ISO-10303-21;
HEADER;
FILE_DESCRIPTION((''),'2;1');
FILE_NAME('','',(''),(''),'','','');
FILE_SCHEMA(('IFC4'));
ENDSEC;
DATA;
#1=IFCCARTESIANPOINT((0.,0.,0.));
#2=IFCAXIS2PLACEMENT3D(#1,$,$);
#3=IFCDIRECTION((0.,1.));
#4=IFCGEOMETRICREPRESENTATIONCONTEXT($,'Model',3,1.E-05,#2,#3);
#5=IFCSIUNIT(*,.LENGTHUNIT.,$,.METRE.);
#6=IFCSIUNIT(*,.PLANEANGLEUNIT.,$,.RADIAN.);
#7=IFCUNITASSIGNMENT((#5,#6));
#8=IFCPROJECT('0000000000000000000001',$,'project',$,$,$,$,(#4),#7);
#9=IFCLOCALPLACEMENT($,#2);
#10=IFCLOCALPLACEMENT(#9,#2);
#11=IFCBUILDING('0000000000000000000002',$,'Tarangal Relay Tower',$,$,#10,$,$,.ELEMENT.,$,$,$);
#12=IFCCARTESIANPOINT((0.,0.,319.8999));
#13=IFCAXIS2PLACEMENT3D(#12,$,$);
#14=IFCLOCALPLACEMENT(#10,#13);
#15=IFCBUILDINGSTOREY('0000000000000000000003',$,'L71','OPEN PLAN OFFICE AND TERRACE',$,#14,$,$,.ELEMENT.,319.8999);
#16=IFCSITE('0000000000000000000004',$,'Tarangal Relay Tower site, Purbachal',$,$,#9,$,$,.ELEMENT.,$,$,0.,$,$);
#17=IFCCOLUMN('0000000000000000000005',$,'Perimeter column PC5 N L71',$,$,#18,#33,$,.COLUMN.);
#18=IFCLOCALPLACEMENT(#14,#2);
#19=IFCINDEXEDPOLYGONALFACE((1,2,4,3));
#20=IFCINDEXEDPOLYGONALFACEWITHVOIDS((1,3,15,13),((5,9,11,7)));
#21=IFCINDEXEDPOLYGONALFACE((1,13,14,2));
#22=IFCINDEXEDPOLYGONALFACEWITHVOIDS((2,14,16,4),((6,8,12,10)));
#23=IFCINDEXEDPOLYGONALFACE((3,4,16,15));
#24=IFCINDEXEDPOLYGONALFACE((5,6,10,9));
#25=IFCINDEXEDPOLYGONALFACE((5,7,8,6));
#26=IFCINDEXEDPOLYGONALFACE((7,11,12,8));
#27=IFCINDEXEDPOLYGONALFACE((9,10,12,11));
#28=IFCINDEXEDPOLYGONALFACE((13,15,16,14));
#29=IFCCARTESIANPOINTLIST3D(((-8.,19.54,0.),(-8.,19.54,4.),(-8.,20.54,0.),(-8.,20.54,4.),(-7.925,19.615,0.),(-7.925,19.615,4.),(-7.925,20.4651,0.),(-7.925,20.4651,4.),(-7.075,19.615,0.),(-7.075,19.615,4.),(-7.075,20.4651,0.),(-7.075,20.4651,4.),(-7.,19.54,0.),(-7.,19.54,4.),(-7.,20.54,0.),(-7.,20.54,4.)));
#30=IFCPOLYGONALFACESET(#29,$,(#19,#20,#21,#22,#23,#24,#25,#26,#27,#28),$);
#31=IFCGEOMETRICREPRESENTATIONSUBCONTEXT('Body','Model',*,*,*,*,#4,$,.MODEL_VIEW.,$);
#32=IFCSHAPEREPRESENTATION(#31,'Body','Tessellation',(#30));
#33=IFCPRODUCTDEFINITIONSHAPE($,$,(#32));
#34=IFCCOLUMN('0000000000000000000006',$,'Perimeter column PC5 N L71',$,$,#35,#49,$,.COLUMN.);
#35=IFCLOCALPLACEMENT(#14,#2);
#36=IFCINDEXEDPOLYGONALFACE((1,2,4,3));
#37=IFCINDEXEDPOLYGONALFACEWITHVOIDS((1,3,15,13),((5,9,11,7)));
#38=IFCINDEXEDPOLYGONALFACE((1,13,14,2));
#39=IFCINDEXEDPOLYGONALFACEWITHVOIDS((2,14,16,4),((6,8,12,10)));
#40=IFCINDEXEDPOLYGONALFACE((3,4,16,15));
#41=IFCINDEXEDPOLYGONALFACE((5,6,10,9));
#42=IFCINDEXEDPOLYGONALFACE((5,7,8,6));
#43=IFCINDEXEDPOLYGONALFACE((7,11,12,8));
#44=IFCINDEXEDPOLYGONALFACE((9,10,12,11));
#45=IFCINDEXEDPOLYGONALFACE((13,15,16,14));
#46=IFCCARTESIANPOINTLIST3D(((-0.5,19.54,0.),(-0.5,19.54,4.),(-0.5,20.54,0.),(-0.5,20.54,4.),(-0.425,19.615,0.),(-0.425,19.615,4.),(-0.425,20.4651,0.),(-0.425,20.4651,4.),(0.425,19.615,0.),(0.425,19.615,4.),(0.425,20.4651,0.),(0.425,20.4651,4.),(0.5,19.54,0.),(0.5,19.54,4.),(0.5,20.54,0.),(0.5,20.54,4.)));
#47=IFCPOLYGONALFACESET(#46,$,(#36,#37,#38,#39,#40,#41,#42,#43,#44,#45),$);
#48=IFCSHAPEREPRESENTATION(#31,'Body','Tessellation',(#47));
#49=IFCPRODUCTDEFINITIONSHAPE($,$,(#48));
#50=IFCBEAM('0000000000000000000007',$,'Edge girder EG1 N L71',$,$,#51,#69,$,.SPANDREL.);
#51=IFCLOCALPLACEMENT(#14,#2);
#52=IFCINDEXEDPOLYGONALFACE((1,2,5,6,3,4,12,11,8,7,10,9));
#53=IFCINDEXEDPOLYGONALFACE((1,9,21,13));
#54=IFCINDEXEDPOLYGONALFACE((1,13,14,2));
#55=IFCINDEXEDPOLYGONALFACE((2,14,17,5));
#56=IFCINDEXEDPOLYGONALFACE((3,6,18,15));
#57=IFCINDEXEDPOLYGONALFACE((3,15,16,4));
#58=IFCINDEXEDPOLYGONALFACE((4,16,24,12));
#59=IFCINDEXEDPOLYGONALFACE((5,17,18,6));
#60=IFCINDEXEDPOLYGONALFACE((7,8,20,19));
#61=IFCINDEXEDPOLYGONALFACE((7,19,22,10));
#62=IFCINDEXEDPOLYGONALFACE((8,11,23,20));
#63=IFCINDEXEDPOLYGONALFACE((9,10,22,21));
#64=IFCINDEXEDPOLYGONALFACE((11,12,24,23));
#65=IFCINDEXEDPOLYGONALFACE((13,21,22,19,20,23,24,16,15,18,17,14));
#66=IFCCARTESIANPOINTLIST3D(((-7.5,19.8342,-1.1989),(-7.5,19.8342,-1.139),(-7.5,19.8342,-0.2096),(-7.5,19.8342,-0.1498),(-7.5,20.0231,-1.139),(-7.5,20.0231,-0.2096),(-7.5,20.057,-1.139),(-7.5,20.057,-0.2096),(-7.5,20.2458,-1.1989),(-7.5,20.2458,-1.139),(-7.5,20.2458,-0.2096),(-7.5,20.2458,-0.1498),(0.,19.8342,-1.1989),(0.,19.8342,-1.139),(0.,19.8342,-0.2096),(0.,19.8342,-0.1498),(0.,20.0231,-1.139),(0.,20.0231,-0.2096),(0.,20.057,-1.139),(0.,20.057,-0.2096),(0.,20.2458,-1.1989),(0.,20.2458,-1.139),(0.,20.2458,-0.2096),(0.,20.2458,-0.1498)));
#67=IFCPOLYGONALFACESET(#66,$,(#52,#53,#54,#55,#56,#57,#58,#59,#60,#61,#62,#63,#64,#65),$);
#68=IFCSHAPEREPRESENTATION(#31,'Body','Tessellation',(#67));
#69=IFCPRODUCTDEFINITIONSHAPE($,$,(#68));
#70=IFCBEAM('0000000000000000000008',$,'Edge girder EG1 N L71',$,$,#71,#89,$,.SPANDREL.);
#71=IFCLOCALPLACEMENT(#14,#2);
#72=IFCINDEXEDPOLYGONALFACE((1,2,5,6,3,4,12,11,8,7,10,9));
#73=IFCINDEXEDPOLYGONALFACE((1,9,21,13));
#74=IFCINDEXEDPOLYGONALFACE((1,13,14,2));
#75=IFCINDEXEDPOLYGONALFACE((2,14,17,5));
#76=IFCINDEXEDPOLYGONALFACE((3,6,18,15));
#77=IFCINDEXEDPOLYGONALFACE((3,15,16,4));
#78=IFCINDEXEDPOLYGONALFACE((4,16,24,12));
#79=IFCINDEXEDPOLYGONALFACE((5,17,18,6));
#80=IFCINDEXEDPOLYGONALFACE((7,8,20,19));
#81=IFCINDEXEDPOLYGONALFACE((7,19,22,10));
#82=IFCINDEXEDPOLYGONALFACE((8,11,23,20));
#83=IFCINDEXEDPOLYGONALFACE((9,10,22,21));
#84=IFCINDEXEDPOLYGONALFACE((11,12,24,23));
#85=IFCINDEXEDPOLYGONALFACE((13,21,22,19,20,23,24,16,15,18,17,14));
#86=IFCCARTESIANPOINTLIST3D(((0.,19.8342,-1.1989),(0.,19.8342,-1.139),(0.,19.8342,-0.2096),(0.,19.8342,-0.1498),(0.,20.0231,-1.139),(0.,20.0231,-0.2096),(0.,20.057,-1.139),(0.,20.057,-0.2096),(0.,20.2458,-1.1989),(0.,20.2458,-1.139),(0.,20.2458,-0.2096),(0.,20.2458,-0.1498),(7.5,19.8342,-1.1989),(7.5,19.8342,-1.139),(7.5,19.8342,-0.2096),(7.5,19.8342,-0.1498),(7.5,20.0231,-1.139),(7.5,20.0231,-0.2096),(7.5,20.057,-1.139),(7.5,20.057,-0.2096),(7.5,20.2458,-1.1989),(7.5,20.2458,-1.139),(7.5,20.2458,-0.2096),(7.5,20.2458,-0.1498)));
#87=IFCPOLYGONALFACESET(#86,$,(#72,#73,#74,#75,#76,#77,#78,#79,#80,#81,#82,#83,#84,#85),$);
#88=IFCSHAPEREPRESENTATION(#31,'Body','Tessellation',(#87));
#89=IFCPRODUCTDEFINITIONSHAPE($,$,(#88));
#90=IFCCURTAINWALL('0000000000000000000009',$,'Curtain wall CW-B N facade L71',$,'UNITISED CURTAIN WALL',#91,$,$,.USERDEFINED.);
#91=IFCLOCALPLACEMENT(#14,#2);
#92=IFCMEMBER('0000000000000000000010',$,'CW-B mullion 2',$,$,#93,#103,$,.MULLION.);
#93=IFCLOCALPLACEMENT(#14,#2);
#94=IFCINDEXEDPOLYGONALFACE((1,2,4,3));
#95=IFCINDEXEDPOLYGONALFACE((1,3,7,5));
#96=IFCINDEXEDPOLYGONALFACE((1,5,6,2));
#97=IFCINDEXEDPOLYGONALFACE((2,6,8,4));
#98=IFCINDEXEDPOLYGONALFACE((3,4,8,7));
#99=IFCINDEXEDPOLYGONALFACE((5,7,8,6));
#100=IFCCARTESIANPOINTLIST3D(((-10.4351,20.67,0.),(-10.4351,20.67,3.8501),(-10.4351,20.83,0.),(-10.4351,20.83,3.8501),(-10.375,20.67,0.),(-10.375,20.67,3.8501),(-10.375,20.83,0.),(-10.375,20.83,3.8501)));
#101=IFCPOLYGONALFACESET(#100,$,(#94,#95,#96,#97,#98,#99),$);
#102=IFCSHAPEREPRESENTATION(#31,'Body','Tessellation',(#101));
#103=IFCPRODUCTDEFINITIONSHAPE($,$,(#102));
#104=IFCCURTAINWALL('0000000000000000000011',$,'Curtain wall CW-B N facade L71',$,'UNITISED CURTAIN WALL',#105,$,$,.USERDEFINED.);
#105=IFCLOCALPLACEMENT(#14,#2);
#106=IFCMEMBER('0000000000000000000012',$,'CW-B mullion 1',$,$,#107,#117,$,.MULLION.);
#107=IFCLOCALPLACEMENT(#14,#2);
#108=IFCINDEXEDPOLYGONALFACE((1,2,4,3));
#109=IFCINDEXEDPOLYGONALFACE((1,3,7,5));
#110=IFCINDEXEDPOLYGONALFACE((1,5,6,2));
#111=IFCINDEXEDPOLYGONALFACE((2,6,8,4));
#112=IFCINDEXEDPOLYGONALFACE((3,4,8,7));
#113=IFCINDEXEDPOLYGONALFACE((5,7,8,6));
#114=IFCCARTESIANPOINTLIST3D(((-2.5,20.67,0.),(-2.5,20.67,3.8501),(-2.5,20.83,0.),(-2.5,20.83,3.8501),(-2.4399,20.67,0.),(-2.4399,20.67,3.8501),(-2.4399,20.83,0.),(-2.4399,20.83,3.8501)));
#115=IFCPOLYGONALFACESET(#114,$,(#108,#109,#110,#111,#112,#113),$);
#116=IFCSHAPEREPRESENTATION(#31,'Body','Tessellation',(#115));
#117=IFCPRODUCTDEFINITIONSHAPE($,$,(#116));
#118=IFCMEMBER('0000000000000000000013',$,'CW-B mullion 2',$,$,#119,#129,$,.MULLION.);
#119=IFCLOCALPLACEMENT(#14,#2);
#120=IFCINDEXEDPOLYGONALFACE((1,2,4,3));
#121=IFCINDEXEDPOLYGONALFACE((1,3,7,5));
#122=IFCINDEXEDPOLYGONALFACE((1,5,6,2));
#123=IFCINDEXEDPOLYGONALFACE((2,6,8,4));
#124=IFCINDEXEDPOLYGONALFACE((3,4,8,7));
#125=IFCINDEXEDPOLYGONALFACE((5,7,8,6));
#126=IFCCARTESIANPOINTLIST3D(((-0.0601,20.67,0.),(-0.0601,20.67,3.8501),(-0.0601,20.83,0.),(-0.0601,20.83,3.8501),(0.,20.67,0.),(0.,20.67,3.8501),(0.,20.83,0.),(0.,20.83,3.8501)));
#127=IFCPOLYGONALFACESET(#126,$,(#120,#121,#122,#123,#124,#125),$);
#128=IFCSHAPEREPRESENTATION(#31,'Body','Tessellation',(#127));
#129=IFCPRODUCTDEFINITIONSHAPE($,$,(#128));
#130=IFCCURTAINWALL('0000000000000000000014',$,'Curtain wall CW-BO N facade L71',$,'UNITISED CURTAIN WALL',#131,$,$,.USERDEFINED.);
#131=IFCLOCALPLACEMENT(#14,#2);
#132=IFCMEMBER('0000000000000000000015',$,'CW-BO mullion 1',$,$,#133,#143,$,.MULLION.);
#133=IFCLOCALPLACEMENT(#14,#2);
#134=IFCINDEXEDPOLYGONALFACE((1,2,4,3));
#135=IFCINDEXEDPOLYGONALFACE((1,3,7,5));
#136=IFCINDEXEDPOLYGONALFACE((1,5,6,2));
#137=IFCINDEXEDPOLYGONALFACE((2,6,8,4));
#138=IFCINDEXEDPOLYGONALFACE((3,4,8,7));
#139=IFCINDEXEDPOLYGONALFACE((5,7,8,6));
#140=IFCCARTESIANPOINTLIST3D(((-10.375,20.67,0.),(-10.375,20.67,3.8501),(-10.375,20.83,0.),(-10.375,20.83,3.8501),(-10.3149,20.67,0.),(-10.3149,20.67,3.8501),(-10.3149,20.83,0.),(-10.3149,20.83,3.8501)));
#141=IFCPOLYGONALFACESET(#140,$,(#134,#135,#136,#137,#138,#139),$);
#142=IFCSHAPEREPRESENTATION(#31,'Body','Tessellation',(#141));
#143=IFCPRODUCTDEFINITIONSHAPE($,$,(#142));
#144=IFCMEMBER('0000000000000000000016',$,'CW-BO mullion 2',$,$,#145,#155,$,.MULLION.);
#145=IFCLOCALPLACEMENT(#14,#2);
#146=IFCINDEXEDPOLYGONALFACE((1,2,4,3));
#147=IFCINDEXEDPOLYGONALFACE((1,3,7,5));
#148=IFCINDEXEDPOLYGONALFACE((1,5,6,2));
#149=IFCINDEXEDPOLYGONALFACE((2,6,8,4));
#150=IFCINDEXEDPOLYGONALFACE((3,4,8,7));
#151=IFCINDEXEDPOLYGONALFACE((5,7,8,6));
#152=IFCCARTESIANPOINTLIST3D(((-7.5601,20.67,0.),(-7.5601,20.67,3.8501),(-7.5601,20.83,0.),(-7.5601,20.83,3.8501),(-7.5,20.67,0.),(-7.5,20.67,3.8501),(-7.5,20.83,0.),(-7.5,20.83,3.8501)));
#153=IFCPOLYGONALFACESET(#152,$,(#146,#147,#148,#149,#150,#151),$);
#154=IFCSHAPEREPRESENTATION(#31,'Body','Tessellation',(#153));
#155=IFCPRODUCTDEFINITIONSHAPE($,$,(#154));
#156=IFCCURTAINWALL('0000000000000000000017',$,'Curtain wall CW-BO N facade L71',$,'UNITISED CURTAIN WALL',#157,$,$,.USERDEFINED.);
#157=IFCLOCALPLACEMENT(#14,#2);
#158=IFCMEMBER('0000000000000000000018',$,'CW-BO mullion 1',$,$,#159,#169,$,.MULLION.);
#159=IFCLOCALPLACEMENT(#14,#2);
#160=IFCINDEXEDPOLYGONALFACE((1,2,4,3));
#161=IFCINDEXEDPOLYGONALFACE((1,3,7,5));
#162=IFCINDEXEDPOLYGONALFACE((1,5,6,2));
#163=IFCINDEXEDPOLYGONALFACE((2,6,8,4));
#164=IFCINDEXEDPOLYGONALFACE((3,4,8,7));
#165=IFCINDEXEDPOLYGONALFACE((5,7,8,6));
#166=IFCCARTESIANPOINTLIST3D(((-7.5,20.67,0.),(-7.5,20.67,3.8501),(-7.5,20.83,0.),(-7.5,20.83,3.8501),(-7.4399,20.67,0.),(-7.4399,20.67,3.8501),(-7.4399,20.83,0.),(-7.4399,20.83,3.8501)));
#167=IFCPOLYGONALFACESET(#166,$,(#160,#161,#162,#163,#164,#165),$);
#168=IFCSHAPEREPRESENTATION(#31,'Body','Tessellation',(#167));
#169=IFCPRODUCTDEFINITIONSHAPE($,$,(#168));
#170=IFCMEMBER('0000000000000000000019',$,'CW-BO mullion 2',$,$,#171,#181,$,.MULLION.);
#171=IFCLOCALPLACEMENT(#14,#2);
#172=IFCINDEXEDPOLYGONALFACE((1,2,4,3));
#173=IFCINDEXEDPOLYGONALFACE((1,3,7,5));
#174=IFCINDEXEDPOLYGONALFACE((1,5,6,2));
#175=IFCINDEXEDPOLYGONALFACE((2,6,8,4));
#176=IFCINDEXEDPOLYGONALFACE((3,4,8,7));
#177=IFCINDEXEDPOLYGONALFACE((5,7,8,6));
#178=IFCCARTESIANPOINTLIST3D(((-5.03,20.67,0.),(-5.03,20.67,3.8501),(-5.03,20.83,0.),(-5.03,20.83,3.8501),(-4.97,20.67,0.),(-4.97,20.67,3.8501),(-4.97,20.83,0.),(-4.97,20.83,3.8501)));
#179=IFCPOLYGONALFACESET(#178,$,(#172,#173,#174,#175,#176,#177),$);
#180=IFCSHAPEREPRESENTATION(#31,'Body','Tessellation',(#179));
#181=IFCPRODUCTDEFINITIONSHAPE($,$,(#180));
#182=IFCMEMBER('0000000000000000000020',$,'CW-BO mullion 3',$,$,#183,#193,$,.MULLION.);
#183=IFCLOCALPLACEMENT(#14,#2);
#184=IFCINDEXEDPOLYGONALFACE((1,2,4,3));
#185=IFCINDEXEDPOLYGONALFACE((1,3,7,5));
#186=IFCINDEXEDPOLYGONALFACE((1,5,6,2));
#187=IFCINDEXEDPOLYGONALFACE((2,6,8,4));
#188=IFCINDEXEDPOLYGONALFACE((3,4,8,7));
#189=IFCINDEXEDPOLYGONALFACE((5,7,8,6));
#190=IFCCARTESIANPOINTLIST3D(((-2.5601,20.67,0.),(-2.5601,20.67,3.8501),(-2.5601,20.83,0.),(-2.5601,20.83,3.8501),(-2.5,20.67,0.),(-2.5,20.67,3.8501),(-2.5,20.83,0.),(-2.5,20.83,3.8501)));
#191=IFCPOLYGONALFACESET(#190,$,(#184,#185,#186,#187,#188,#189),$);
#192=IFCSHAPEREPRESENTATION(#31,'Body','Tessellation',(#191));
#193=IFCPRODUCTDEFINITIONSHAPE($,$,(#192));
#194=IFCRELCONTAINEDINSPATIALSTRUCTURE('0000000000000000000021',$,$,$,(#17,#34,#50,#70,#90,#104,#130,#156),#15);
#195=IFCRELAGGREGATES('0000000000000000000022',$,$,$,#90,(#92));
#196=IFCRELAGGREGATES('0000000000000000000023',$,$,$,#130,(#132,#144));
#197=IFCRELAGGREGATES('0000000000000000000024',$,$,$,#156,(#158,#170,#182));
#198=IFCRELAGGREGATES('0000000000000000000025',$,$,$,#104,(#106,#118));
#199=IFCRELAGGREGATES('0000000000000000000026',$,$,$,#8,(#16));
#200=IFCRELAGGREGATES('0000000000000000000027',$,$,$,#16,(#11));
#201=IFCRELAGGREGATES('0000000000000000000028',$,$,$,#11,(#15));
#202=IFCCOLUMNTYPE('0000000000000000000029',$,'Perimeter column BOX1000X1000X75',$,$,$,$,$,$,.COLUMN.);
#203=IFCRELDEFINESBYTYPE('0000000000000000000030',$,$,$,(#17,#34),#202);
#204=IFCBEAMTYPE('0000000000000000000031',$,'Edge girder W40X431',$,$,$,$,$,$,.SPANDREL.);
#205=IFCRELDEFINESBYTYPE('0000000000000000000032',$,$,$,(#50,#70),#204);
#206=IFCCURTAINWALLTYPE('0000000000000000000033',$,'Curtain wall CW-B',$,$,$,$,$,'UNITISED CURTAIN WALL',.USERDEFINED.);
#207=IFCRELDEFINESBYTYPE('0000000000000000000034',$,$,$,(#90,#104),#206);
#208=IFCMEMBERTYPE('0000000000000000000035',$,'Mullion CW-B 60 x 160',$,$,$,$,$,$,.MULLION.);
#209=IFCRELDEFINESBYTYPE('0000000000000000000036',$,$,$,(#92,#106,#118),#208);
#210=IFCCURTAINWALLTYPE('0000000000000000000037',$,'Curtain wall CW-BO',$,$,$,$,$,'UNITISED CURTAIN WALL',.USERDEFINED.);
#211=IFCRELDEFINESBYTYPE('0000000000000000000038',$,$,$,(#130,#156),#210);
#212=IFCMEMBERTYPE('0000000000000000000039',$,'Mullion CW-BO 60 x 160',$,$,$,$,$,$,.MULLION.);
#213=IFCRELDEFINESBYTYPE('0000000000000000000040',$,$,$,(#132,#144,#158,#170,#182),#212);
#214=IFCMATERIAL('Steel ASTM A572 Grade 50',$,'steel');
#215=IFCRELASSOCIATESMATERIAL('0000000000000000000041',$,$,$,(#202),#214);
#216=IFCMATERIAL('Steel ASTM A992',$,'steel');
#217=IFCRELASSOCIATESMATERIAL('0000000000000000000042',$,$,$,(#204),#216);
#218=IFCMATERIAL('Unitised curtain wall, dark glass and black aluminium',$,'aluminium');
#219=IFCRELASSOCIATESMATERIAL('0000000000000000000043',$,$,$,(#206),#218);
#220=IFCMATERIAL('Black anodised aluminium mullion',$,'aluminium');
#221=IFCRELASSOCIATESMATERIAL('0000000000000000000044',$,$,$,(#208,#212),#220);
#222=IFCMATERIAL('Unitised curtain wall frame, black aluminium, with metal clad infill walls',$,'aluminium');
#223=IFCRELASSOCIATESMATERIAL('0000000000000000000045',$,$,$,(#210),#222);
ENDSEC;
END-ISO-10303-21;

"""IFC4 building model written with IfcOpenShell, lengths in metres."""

from ifc_helpers import new_model, si_unit, direction, frame, origin, origin_2d, place, context, subcontext, project, spatial, rectangle, hollow_rectangle, i_section, extrude, material, material_profile, profile_set, type_object, element, aggregate, save


model = new_model("IFC4")

# Units and contexts
model_context = context("Model", 3, precision=1e-05, world=origin(), true_north=direction((0.0, 1.0)))
body_context = subcontext(model_context, "Body", "Model", "MODEL_VIEW")
ifc_project = project(units=[si_unit("LENGTHUNIT", "METRE"), si_unit("PLANEANGLEUNIT", "RADIAN")], contexts=[model_context])

# Site, building, storey
site_placement = place(None, origin())
site = spatial("IfcSite", under=ifc_project, at=site_placement, Name="Tarangal Relay Tower site, Purbachal", CompositionType="ELEMENT", RefElevation=0.0)
building_placement = place(site_placement, origin())
building = spatial("IfcBuilding", under=site, at=building_placement, Name="Tarangal Relay Tower", CompositionType="ELEMENT")
storey_placement = place(building_placement, frame((0.0, 0.0, 319.8999)))
storey = spatial("IfcBuildingStorey", under=building, at=storey_placement, Name="L71", Description="OPEN PLAN OFFICE AND TERRACE", CompositionType="ELEMENT", Elevation=319.8999)

# Columns
ifc_material_1 = material(Name="Steel ASTM A572 Grade 50", Category="steel")
ifc_material_profile_1 = material_profile(ifc_material_1, hollow_rectangle(XDim=1.0, YDim=1.0, WallThickness=0.075, at=origin_2d()), Name="BOX1000X1000X75")
ifc_profile_set_1 = profile_set([ifc_material_profile_1], Name="Steel ASTM A572 Grade 50")
column_type = type_object("IfcColumnType", Name="Perimeter column BOX1000X1000X75", PredefinedType="COLUMN", material=ifc_profile_set_1)
for number, where, z_axis, x_axis, name in (
    (1, (-7.5, 20.04, 0.0), (0.0, 0.0, 1.0), (1.0, 0.0, 0.0), "Perimeter column PC5 N L71"),
    (2, (0.0, 20.04, 0.0), (0.0, 0.0, 1.0), (1.0, 0.0, 0.0), "Perimeter column PC5 N L71"),
):
    element("IfcColumn", number, at=place(storey_placement, frame(where, z_axis=z_axis, x_axis=x_axis)), inside=storey, type_object=column_type, Name=name, PredefinedType="COLUMN", context=body_context, shape_type="SweptSolid", body=[
        extrude(hollow_rectangle(XDim=1.0, YDim=1.0, WallThickness=0.075, at=origin_2d()), origin(), (0.0, 0.0, 1.0), 4.0),
    ])

# Beams
ifc_material_2 = material(Name="Steel ASTM A992", Category="steel")
ifc_material_profile_2 = material_profile(ifc_material_2, i_section(OverallWidth=0.4116, OverallDepth=1.0491, WebThickness=0.0339, FlangeThickness=0.0598, at=origin_2d()), Name="W40X431")
ifc_profile_set_2 = profile_set([ifc_material_profile_2], Name="Steel ASTM A992")
beam_type = type_object("IfcBeamType", Name="Edge girder W40X431", PredefinedType="SPANDREL", material=ifc_profile_set_2)
for number, where, z_axis, x_axis, name in (
    (3, (-7.5, 20.04, -0.6743), (1.0, 0.0, 0.0), (0.0, 1.0, 0.0), "Edge girder EG1 N L71"),
    (4, (0.0, 20.04, -0.6743), (1.0, 0.0, 0.0), (0.0, 1.0, 0.0), "Edge girder EG1 N L71"),
):
    element("IfcBeam", number, at=place(storey_placement, frame(where, z_axis=z_axis, x_axis=x_axis)), inside=storey, type_object=beam_type, Name=name, PredefinedType="SPANDREL", context=body_context, shape_type="SweptSolid", body=[
        extrude(i_section(OverallWidth=0.4116, OverallDepth=1.0491, WebThickness=0.0339, FlangeThickness=0.0598, at=origin_2d()), origin(), (0.0, 0.0, 1.0), 7.5),
    ])

# Curtain wall, member
ifc_material_3 = material(Name="Unitised curtain wall, dark glass and black aluminium", Category="aluminium")
curtain_wall_type_1 = type_object("IfcCurtainWallType", Name="Curtain wall CW-B", ElementType="UNITISED CURTAIN WALL", PredefinedType="USERDEFINED", material=ifc_material_3)
curtain_wall_1_placement = place(storey_placement, origin())
curtain_wall_1 = element("IfcCurtainWall", 5, at=curtain_wall_1_placement, inside=storey, type_object=curtain_wall_type_1, Name="Curtain wall CW-B N facade L71", ObjectType="UNITISED CURTAIN WALL", PredefinedType="USERDEFINED")
ifc_material_4 = material(Name="Black anodised aluminium mullion", Category="aluminium")
ifc_material_profile_3 = material_profile(ifc_material_4, rectangle(XDim=0.1599, YDim=0.0601, at=origin_2d()), Name="CW-BM 60X160")
ifc_profile_set_3 = profile_set([ifc_material_profile_3], Name="Black anodised aluminium mullion")
member_type_1 = type_object("IfcMemberType", Name="Mullion CW-B 60 x 160", PredefinedType="MULLION", material=ifc_profile_set_3)
member_1_placement = place(storey_placement, frame((-10.405, 20.75, 0.0), z_axis=(0.0, 0.0, 1.0), x_axis=(0.0, 1.0, 0.0)))
member_1 = element("IfcMember", 6, at=member_1_placement, type_object=member_type_1, Name="CW-B mullion 2", PredefinedType="MULLION", context=body_context, shape_type="SweptSolid", body=[
    extrude(rectangle(XDim=0.1599, YDim=0.0601, at=origin_2d()), origin(), (0.0, 0.0, 1.0), 3.8501),
])
aggregate(curtain_wall_1, [member_1])

# Curtain walls, members
curtain_wall_2_placement = place(storey_placement, origin())
curtain_wall_2 = element("IfcCurtainWall", 7, at=curtain_wall_2_placement, inside=storey, type_object=curtain_wall_type_1, Name="Curtain wall CW-B N facade L71", ObjectType="UNITISED CURTAIN WALL", PredefinedType="USERDEFINED")
member_2_placement = place(storey_placement, frame((-2.47, 20.75, 0.0), z_axis=(0.0, 0.0, 1.0), x_axis=(0.0, 1.0, 0.0)))
member_2 = element("IfcMember", 8, at=member_2_placement, type_object=member_type_1, Name="CW-B mullion 1", PredefinedType="MULLION", context=body_context, shape_type="SweptSolid", body=[
    extrude(rectangle(XDim=0.1599, YDim=0.0601, at=origin_2d()), origin(), (0.0, 0.0, 1.0), 3.8501),
])
member_3_placement = place(storey_placement, frame((-0.03, 20.75, 0.0), z_axis=(0.0, 0.0, 1.0), x_axis=(0.0, 1.0, 0.0)))
member_3 = element("IfcMember", 9, at=member_3_placement, type_object=member_type_1, Name="CW-B mullion 2", PredefinedType="MULLION", context=body_context, shape_type="SweptSolid", body=[
    extrude(rectangle(XDim=0.1599, YDim=0.0601, at=origin_2d()), origin(), (0.0, 0.0, 1.0), 3.8501),
])
ifc_material_5 = material(Name="Unitised curtain wall frame, black aluminium, with metal clad infill walls", Category="aluminium")
curtain_wall_type_2 = type_object("IfcCurtainWallType", Name="Curtain wall CW-BO", ElementType="UNITISED CURTAIN WALL", PredefinedType="USERDEFINED", material=ifc_material_5)
curtain_wall_3_placement = place(storey_placement, origin())
curtain_wall_3 = element("IfcCurtainWall", 10, at=curtain_wall_3_placement, inside=storey, type_object=curtain_wall_type_2, Name="Curtain wall CW-BO N facade L71", ObjectType="UNITISED CURTAIN WALL", PredefinedType="USERDEFINED")
ifc_material_profile_4 = material_profile(ifc_material_4, rectangle(XDim=0.1599, YDim=0.0601, at=origin_2d()), Name="CW-BOM 60X160")
ifc_profile_set_4 = profile_set([ifc_material_profile_4], Name="Black anodised aluminium mullion")
member_type_2 = type_object("IfcMemberType", Name="Mullion CW-BO 60 x 160", PredefinedType="MULLION", material=ifc_profile_set_4)
member_4_placement = place(storey_placement, frame((-10.345, 20.75, 0.0), z_axis=(0.0, 0.0, 1.0), x_axis=(0.0, 1.0, 0.0)))
member_4 = element("IfcMember", 11, at=member_4_placement, type_object=member_type_2, Name="CW-BO mullion 1", PredefinedType="MULLION", context=body_context, shape_type="SweptSolid", body=[
    extrude(rectangle(XDim=0.1599, YDim=0.0601, at=origin_2d()), origin(), (0.0, 0.0, 1.0), 3.8501),
])
member_5_placement = place(storey_placement, frame((-7.53, 20.75, 0.0), z_axis=(0.0, 0.0, 1.0), x_axis=(0.0, 1.0, 0.0)))
member_5 = element("IfcMember", 12, at=member_5_placement, type_object=member_type_2, Name="CW-BO mullion 2", PredefinedType="MULLION", context=body_context, shape_type="SweptSolid", body=[
    extrude(rectangle(XDim=0.1599, YDim=0.0601, at=origin_2d()), origin(), (0.0, 0.0, 1.0), 3.8501),
])
curtain_wall_4_placement = place(storey_placement, origin())
curtain_wall_4 = element("IfcCurtainWall", 13, at=curtain_wall_4_placement, inside=storey, type_object=curtain_wall_type_2, Name="Curtain wall CW-BO N facade L71", ObjectType="UNITISED CURTAIN WALL", PredefinedType="USERDEFINED")
member_6_placement = place(storey_placement, frame((-7.47, 20.75, 0.0), z_axis=(0.0, 0.0, 1.0), x_axis=(0.0, 1.0, 0.0)))
member_6 = element("IfcMember", 14, at=member_6_placement, type_object=member_type_2, Name="CW-BO mullion 1", PredefinedType="MULLION", context=body_context, shape_type="SweptSolid", body=[
    extrude(rectangle(XDim=0.1599, YDim=0.0601, at=origin_2d()), origin(), (0.0, 0.0, 1.0), 3.8501),
])
member_7_placement = place(storey_placement, frame((-5.0, 20.75, 0.0), z_axis=(0.0, 0.0, 1.0), x_axis=(0.0, 1.0, 0.0)))
member_7 = element("IfcMember", 15, at=member_7_placement, type_object=member_type_2, Name="CW-BO mullion 2", PredefinedType="MULLION", context=body_context, shape_type="SweptSolid", body=[
    extrude(rectangle(XDim=0.1599, YDim=0.0601, at=origin_2d()), origin(), (0.0, 0.0, 1.0), 3.8501),
])
member_8_placement = place(storey_placement, frame((-2.53, 20.75, 0.0), z_axis=(0.0, 0.0, 1.0), x_axis=(0.0, 1.0, 0.0)))
member_8 = element("IfcMember", 16, at=member_8_placement, type_object=member_type_2, Name="CW-BO mullion 3", PredefinedType="MULLION", context=body_context, shape_type="SweptSolid", body=[
    extrude(rectangle(XDim=0.1599, YDim=0.0601, at=origin_2d()), origin(), (0.0, 0.0, 1.0), 3.8501),
])

aggregate(curtain_wall_3, [member_4, member_5])
aggregate(curtain_wall_4, [member_6, member_7, member_8])

aggregate(curtain_wall_2, [member_2, member_3])

save(model, "model.ifc")
